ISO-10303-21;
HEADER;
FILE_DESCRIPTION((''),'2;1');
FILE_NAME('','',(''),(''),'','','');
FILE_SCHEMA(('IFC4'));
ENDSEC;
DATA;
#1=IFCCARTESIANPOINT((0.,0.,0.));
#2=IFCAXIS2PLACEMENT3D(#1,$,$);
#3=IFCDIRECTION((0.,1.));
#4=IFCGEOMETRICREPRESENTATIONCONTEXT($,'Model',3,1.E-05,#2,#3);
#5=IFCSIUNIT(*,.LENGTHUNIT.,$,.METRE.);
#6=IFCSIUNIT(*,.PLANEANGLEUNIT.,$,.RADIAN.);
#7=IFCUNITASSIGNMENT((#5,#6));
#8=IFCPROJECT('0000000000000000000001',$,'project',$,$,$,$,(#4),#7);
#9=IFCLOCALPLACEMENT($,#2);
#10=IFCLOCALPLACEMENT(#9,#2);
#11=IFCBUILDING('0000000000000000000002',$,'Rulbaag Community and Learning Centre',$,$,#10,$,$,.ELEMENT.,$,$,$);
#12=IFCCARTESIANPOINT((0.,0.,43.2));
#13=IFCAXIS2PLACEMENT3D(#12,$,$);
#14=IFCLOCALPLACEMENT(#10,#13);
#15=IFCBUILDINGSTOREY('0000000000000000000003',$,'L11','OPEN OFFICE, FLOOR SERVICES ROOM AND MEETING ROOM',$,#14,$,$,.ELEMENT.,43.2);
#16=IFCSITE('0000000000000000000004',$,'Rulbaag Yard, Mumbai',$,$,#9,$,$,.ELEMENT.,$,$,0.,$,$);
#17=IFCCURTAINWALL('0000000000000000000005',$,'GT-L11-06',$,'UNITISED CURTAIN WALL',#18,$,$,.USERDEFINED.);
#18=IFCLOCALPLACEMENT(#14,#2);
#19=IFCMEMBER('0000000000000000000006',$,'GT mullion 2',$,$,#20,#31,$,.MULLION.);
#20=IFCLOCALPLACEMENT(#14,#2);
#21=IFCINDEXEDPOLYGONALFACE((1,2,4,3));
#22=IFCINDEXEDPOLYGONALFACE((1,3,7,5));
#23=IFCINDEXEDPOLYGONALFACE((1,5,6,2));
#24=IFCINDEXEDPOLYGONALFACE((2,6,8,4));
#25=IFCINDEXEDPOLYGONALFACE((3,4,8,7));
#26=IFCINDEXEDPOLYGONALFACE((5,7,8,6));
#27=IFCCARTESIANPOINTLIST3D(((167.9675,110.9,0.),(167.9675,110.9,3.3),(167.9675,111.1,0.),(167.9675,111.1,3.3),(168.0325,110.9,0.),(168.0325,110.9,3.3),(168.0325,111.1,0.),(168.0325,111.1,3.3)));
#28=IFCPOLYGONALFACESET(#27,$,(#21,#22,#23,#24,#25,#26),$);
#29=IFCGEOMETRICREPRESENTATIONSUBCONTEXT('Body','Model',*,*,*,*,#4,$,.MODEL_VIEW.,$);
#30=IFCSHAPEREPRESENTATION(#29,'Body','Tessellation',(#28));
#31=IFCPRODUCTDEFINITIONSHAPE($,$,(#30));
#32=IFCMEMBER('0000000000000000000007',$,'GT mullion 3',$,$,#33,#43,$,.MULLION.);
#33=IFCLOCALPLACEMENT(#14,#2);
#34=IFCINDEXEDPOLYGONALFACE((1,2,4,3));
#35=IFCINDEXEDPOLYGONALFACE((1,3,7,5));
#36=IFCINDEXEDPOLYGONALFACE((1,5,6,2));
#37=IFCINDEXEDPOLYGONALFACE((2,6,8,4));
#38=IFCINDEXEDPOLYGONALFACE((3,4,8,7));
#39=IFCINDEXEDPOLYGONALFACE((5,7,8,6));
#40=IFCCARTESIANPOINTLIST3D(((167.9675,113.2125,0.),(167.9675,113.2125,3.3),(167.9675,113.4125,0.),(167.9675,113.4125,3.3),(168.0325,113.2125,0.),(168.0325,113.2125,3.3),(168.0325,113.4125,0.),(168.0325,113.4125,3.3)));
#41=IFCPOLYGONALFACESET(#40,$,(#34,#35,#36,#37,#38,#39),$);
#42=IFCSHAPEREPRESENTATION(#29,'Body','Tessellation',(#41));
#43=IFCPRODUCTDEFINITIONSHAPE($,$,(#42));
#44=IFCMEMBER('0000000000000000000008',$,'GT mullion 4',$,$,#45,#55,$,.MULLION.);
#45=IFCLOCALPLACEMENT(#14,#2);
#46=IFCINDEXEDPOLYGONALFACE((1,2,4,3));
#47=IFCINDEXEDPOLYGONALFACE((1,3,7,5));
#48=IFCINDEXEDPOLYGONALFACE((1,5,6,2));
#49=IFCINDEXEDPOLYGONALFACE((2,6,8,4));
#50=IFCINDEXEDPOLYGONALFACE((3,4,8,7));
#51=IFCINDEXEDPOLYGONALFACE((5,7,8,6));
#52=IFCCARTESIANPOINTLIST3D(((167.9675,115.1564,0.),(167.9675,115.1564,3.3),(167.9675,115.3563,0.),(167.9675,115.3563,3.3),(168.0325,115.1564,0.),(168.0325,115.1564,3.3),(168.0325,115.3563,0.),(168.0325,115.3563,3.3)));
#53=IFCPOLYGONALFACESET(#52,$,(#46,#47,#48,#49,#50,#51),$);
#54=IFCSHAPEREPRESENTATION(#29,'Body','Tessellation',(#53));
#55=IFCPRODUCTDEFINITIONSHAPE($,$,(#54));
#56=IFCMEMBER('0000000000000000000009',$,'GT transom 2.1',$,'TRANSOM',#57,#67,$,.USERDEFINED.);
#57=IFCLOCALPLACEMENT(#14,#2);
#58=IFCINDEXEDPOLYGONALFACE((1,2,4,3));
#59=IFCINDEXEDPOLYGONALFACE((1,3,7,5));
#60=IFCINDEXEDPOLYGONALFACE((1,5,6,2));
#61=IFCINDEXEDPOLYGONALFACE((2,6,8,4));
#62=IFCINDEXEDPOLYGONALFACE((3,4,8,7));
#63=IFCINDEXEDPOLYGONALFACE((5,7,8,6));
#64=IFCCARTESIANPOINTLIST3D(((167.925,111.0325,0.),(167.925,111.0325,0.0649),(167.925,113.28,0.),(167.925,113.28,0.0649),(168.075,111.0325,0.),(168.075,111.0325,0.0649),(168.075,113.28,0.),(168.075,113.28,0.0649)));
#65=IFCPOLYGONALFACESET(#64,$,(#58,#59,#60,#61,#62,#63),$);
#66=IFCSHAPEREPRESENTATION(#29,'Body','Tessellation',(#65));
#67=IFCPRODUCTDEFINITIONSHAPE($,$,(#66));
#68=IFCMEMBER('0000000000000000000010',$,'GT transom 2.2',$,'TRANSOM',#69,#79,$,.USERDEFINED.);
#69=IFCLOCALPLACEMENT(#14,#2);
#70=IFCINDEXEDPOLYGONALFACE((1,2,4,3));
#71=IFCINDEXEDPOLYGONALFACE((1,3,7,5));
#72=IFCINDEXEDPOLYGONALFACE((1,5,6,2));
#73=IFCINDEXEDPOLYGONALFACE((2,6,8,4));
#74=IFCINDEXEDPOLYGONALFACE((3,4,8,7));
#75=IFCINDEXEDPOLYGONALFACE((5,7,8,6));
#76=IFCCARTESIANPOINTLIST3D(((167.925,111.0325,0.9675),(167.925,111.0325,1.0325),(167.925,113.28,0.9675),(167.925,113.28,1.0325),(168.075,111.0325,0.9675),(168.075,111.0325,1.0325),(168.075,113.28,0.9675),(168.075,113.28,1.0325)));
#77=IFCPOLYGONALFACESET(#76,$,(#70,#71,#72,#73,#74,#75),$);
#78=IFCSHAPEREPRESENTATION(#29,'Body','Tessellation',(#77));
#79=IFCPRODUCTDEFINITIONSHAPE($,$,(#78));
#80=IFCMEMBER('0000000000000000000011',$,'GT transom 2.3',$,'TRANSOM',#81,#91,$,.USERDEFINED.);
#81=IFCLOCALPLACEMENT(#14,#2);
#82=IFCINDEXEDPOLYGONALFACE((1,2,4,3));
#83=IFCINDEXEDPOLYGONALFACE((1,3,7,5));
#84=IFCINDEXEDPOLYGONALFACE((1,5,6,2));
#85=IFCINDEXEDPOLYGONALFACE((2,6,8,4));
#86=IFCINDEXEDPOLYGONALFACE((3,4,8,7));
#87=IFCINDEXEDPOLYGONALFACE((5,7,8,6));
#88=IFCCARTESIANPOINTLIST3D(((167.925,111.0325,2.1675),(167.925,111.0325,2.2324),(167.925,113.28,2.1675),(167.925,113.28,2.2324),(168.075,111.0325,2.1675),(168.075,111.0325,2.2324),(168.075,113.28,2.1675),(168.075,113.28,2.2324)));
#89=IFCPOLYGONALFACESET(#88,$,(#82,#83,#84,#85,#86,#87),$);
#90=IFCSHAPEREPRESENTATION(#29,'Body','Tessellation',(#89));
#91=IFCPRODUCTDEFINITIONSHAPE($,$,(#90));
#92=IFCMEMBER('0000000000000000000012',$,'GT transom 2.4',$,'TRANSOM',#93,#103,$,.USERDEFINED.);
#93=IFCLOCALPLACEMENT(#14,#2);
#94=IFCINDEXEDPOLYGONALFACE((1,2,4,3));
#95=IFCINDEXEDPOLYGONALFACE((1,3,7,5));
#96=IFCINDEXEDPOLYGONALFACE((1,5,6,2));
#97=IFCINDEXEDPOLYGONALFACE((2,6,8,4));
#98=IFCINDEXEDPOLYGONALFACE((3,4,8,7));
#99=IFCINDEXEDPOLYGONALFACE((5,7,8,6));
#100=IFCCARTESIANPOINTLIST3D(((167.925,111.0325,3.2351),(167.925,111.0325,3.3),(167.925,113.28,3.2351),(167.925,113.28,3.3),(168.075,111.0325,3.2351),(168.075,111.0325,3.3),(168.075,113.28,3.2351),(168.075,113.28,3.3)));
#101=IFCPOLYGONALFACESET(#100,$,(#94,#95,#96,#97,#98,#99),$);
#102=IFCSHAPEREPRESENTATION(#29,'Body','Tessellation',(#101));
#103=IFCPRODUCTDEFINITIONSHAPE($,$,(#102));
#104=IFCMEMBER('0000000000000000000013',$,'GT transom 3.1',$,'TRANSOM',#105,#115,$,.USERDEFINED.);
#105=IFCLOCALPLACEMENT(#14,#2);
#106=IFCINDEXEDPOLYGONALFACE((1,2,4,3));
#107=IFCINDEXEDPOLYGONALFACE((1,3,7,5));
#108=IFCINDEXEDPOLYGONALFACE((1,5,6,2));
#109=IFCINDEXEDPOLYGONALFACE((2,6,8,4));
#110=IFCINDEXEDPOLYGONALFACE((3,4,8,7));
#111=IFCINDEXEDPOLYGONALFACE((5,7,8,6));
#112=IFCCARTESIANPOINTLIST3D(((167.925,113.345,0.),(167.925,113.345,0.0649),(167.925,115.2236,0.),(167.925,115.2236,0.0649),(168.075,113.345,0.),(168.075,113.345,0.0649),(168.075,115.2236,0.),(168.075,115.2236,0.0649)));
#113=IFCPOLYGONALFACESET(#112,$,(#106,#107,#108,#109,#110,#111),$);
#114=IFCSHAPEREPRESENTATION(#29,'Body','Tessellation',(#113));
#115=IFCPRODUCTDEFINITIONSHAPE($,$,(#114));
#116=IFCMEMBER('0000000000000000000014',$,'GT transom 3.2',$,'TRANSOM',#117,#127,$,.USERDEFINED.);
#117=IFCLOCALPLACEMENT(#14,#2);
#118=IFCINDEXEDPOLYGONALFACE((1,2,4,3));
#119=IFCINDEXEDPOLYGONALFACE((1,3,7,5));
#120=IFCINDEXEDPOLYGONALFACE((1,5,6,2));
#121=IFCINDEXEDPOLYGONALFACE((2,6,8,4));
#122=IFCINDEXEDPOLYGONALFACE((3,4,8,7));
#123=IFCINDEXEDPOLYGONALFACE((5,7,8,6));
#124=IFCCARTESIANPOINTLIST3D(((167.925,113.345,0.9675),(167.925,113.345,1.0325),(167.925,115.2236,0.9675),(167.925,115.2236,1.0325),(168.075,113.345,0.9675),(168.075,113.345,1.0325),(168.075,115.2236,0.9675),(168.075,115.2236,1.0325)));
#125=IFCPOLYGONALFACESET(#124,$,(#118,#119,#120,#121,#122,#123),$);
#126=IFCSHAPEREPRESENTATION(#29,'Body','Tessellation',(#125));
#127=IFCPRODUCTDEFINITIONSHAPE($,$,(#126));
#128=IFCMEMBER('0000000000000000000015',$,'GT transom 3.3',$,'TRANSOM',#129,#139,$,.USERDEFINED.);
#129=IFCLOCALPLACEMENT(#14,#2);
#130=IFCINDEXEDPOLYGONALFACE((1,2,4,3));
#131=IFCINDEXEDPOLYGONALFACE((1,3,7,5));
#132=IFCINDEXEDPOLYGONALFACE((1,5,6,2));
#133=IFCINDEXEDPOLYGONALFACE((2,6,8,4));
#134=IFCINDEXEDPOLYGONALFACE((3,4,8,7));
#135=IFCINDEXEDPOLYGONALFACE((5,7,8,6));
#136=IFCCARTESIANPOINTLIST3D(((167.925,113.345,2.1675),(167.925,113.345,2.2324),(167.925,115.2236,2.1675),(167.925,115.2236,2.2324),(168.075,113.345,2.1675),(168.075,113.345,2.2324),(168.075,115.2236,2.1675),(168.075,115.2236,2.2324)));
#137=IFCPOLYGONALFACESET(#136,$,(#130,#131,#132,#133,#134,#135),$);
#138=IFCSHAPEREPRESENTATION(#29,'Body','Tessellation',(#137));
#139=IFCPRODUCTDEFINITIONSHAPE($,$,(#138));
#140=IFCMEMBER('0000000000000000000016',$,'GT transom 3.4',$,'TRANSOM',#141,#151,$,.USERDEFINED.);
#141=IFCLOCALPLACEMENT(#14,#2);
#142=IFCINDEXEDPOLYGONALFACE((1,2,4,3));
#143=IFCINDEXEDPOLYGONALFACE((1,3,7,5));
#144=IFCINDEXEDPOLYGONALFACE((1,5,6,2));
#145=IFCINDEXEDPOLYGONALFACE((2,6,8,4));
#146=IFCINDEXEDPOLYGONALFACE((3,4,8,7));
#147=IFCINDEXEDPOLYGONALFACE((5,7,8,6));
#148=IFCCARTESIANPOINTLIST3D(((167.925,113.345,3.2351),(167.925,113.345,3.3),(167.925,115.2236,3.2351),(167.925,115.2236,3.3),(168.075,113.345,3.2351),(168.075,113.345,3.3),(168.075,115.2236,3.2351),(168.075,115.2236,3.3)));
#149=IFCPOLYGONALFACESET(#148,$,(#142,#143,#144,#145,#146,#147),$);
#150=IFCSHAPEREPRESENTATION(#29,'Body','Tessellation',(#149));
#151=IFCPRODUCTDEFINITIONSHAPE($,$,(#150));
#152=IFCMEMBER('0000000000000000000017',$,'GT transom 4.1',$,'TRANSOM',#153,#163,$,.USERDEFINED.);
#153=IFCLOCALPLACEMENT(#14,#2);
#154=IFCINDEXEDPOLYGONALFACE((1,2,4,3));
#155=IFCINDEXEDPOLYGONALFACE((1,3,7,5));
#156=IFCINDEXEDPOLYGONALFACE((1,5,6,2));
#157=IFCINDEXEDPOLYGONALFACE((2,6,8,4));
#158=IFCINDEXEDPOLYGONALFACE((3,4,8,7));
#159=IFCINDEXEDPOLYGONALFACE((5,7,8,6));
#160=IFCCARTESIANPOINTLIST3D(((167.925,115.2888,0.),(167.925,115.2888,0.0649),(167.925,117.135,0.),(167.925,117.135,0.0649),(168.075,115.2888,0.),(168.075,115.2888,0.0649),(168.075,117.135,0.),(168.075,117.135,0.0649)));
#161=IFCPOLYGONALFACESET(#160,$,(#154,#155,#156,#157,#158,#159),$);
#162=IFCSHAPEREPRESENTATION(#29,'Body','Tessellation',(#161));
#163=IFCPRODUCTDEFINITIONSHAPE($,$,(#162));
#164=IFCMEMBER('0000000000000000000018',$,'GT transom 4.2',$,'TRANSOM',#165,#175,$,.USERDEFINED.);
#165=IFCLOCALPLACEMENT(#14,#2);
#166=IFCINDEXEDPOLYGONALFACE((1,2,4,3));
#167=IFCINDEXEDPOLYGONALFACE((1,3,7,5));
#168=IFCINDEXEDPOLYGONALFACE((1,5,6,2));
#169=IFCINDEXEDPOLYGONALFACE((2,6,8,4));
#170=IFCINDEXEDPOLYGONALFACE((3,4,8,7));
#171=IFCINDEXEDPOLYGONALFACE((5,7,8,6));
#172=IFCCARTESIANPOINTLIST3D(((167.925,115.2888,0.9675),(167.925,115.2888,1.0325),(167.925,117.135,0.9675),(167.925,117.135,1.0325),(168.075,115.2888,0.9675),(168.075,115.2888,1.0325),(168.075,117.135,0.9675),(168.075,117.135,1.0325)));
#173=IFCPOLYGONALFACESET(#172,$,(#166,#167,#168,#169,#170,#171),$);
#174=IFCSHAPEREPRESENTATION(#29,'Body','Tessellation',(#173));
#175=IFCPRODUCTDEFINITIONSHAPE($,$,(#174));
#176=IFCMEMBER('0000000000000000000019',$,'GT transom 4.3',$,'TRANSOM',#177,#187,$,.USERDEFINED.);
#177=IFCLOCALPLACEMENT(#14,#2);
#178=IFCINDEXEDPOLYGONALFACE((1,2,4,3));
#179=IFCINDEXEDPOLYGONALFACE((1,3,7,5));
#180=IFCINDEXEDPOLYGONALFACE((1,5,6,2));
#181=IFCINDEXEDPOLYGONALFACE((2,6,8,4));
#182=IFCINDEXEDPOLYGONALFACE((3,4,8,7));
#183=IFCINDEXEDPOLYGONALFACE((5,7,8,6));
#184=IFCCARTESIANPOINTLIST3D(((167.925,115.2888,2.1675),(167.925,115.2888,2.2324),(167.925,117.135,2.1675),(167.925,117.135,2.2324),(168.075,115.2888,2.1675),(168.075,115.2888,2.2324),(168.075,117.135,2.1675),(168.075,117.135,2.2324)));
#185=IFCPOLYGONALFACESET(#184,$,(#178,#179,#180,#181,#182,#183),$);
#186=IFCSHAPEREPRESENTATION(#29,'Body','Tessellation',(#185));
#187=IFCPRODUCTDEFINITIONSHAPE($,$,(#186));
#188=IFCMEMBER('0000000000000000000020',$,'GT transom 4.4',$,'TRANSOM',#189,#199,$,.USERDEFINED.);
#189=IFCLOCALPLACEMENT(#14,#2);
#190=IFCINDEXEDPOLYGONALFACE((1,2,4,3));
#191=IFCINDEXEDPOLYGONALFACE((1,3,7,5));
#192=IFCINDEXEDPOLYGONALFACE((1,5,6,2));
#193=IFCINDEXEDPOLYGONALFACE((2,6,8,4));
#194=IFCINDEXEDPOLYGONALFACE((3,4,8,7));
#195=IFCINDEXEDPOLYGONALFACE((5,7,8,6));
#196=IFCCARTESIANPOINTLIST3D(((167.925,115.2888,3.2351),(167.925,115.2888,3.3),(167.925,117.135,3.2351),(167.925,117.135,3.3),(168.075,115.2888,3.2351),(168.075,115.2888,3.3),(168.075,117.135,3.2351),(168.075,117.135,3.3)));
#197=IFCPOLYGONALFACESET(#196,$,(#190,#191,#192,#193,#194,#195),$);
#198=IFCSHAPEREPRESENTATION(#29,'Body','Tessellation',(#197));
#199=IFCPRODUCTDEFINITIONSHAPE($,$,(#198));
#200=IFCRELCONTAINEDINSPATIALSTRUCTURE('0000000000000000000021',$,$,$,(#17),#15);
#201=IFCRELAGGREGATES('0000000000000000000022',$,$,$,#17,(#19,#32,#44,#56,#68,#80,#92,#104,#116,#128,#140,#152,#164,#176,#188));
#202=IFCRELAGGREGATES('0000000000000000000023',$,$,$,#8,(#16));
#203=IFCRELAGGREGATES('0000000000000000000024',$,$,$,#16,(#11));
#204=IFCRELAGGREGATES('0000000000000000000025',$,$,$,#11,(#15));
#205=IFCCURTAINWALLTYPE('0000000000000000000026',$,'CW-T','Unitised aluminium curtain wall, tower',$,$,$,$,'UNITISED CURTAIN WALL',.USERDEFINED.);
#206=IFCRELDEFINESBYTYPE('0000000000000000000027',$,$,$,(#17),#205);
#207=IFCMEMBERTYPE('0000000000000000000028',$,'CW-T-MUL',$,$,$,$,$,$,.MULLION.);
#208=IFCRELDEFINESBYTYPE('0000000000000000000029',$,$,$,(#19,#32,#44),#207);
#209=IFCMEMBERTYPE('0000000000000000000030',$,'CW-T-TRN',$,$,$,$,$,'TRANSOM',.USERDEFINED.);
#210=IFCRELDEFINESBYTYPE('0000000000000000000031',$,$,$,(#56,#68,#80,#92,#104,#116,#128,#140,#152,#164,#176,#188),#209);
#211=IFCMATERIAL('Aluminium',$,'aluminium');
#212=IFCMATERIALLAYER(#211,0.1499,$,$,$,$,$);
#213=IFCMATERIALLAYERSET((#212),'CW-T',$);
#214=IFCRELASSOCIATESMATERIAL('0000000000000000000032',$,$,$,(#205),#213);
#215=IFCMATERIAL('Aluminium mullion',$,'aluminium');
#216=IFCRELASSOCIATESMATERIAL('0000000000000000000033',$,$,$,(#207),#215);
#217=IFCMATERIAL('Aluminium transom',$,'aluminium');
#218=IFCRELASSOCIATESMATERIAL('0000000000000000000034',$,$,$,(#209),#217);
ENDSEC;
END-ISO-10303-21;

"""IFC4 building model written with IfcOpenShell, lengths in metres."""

from ifc_helpers import new_model, si_unit, direction, frame, origin, origin_2d, place, context, subcontext, project, spatial, rectangle, extrude, material, layer, layer_set, material_profile, profile_set, type_object, element, aggregate, save


model = new_model("IFC4")

# Units and contexts
model_context = context("Model", 3, precision=1e-05, world=origin(), true_north=direction((0.0, 1.0)))
body_context = subcontext(model_context, "Body", "Model", "MODEL_VIEW")
ifc_project = project(units=[si_unit("LENGTHUNIT", "METRE"), si_unit("PLANEANGLEUNIT", "RADIAN")], contexts=[model_context])

# Site, building, storey
site_placement = place(None, origin())
site = spatial("IfcSite", under=ifc_project, at=site_placement, Name="Rulbaag Yard, Mumbai", CompositionType="ELEMENT", RefElevation=0.0)
building_placement = place(site_placement, origin())
building = spatial("IfcBuilding", under=site, at=building_placement, Name="Rulbaag Community and Learning Centre", CompositionType="ELEMENT")
storey_placement = place(building_placement, frame((0.0, 0.0, 43.2)))
storey = spatial("IfcBuildingStorey", under=building, at=storey_placement, Name="L11", Description="OPEN OFFICE, FLOOR SERVICES ROOM AND MEETING ROOM", CompositionType="ELEMENT", Elevation=43.2)

# Curtain wall, members
ifc_material_1 = material(Name="Aluminium", Category="aluminium")
ifc_layer_1 = layer(ifc_material_1, 0.1499)
ifc_layer_set_1 = layer_set([ifc_layer_1], Name="CW-T")
curtain_wall_type = type_object("IfcCurtainWallType", Name="CW-T", Description="Unitised aluminium curtain wall, tower", ElementType="UNITISED CURTAIN WALL", PredefinedType="USERDEFINED", material=ifc_layer_set_1)
curtain_wall_placement = place(storey_placement, origin())
curtain_wall = element("IfcCurtainWall", 1, at=curtain_wall_placement, inside=storey, type_object=curtain_wall_type, Name="GT-L11-06", ObjectType="UNITISED CURTAIN WALL", PredefinedType="USERDEFINED")
ifc_material_2 = material(Name="Aluminium mullion", Category="aluminium")
ifc_material_profile_1 = material_profile(ifc_material_2, rectangle(XDim=0.0649, YDim=0.2, at=origin_2d()), Name="AL 65x200")
ifc_profile_set_1 = profile_set([ifc_material_profile_1], Name="Aluminium mullion")
member_type_1 = type_object("IfcMemberType", Name="CW-T-MUL", PredefinedType="MULLION", material=ifc_profile_set_1)
member_1_placement = place(storey_placement, frame((168.0, 111.0, 0.0), z_axis=(0.0, 0.0, 1.0), x_axis=(-1.0, 0.0, 0.0)))
member_1 = element("IfcMember", 2, at=member_1_placement, type_object=member_type_1, Name="GT mullion 2", PredefinedType="MULLION", context=body_context, shape_type="SweptSolid", body=[
    extrude(rectangle(XDim=0.0649, YDim=0.2, at=origin_2d()), origin(), (0.0, 0.0, 1.0), 3.3),
])
member_2_placement = place(storey_placement, frame((168.0, 113.3125, 0.0), z_axis=(0.0, 0.0, 1.0), x_axis=(-1.0, 0.0, 0.0)))
member_2 = element("IfcMember", 3, at=member_2_placement, type_object=member_type_1, Name="GT mullion 3", PredefinedType="MULLION", context=body_context, shape_type="SweptSolid", body=[
    extrude(rectangle(XDim=0.0649, YDim=0.2, at=origin_2d()), origin(), (0.0, 0.0, 1.0), 3.3),
])
member_3_placement = place(storey_placement, frame((168.0, 115.2563, 0.0), z_axis=(0.0, 0.0, 1.0), x_axis=(-1.0, 0.0, 0.0)))
member_3 = element("IfcMember", 4, at=member_3_placement, type_object=member_type_1, Name="GT mullion 4", PredefinedType="MULLION", context=body_context, shape_type="SweptSolid", body=[
    extrude(rectangle(XDim=0.0649, YDim=0.2, at=origin_2d()), origin(), (0.0, 0.0, 1.0), 3.3),
])
ifc_material_3 = material(Name="Aluminium transom", Category="aluminium")
ifc_material_profile_2 = material_profile(ifc_material_3, rectangle(XDim=0.1499, YDim=0.0649, at=origin_2d()), Name="AL 65x150 T")
ifc_profile_set_2 = profile_set([ifc_material_profile_2], Name="Aluminium transom")
member_type_2 = type_object("IfcMemberType", Name="CW-T-TRN", ElementType="TRANSOM", PredefinedType="USERDEFINED", material=ifc_profile_set_2)
member_4_placement = place(storey_placement, frame((168.0, 111.0325, 0.0325), z_axis=(0.0, 1.0, 0.0), x_axis=(-1.0, 0.0, 0.0)))
member_4 = element("IfcMember", 5, at=member_4_placement, type_object=member_type_2, Name="GT transom 2.1", ObjectType="TRANSOM", PredefinedType="USERDEFINED", context=body_context, shape_type="SweptSolid", body=[
    extrude(rectangle(XDim=0.1499, YDim=0.0649, at=origin_2d()), origin(), (0.0, 0.0, 1.0), 2.2476),
])
member_5_placement = place(storey_placement, frame((168.0, 111.0325, 1.0), z_axis=(0.0, 1.0, 0.0), x_axis=(-1.0, 0.0, 0.0)))
member_5 = element("IfcMember", 6, at=member_5_placement, type_object=member_type_2, Name="GT transom 2.2", ObjectType="TRANSOM", PredefinedType="USERDEFINED", context=body_context, shape_type="SweptSolid", body=[
    extrude(rectangle(XDim=0.1499, YDim=0.0649, at=origin_2d()), origin(), (0.0, 0.0, 1.0), 2.2476),
])
member_6_placement = place(storey_placement, frame((168.0, 111.0325, 2.2), z_axis=(0.0, 1.0, 0.0), x_axis=(-1.0, 0.0, 0.0)))
member_6 = element("IfcMember", 7, at=member_6_placement, type_object=member_type_2, Name="GT transom 2.3", ObjectType="TRANSOM", PredefinedType="USERDEFINED", context=body_context, shape_type="SweptSolid", body=[
    extrude(rectangle(XDim=0.1499, YDim=0.0649, at=origin_2d()), origin(), (0.0, 0.0, 1.0), 2.2476),
])
member_7_placement = place(storey_placement, frame((168.0, 111.0325, 3.2676), z_axis=(0.0, 1.0, 0.0), x_axis=(-1.0, 0.0, 0.0)))
member_7 = element("IfcMember", 8, at=member_7_placement, type_object=member_type_2, Name="GT transom 2.4", ObjectType="TRANSOM", PredefinedType="USERDEFINED", context=body_context, shape_type="SweptSolid", body=[
    extrude(rectangle(XDim=0.1499, YDim=0.0649, at=origin_2d()), origin(), (0.0, 0.0, 1.0), 2.2476),
])
member_8_placement = place(storey_placement, frame((168.0, 113.345, 0.0325), z_axis=(0.0, 1.0, 0.0), x_axis=(-1.0, 0.0, 0.0)))
member_8 = element("IfcMember", 9, at=member_8_placement, type_object=member_type_2, Name="GT transom 3.1", ObjectType="TRANSOM", PredefinedType="USERDEFINED", context=body_context, shape_type="SweptSolid", body=[
    extrude(rectangle(XDim=0.1499, YDim=0.0649, at=origin_2d()), origin(), (0.0, 0.0, 1.0), 1.8787),
])
member_9_placement = place(storey_placement, frame((168.0, 113.345, 1.0), z_axis=(0.0, 1.0, 0.0), x_axis=(-1.0, 0.0, 0.0)))
member_9 = element("IfcMember", 10, at=member_9_placement, type_object=member_type_2, Name="GT transom 3.2", ObjectType="TRANSOM", PredefinedType="USERDEFINED", context=body_context, shape_type="SweptSolid", body=[
    extrude(rectangle(XDim=0.1499, YDim=0.0649, at=origin_2d()), origin(), (0.0, 0.0, 1.0), 1.8787),
])
member_10_placement = place(storey_placement, frame((168.0, 113.345, 2.2), z_axis=(0.0, 1.0, 0.0), x_axis=(-1.0, 0.0, 0.0)))
member_10 = element("IfcMember", 11, at=member_10_placement, type_object=member_type_2, Name="GT transom 3.3", ObjectType="TRANSOM", PredefinedType="USERDEFINED", context=body_context, shape_type="SweptSolid", body=[
    extrude(rectangle(XDim=0.1499, YDim=0.0649, at=origin_2d()), origin(), (0.0, 0.0, 1.0), 1.8787),
])
member_11_placement = place(storey_placement, frame((168.0, 113.345, 3.2676), z_axis=(0.0, 1.0, 0.0), x_axis=(-1.0, 0.0, 0.0)))
member_11 = element("IfcMember", 12, at=member_11_placement, type_object=member_type_2, Name="GT transom 3.4", ObjectType="TRANSOM", PredefinedType="USERDEFINED", context=body_context, shape_type="SweptSolid", body=[
    extrude(rectangle(XDim=0.1499, YDim=0.0649, at=origin_2d()), origin(), (0.0, 0.0, 1.0), 1.8787),
])
member_12_placement = place(storey_placement, frame((168.0, 115.2888, 0.0325), z_axis=(0.0, 1.0, 0.0), x_axis=(-1.0, 0.0, 0.0)))
member_12 = element("IfcMember", 13, at=member_12_placement, type_object=member_type_2, Name="GT transom 4.1", ObjectType="TRANSOM", PredefinedType="USERDEFINED", context=body_context, shape_type="SweptSolid", body=[
    extrude(rectangle(XDim=0.1499, YDim=0.0649, at=origin_2d()), origin(), (0.0, 0.0, 1.0), 1.8462),
])
member_13_placement = place(storey_placement, frame((168.0, 115.2888, 1.0), z_axis=(0.0, 1.0, 0.0), x_axis=(-1.0, 0.0, 0.0)))
member_13 = element("IfcMember", 14, at=member_13_placement, type_object=member_type_2, Name="GT transom 4.2", ObjectType="TRANSOM", PredefinedType="USERDEFINED", context=body_context, shape_type="SweptSolid", body=[
    extrude(rectangle(XDim=0.1499, YDim=0.0649, at=origin_2d()), origin(), (0.0, 0.0, 1.0), 1.8462),
])
member_14_placement = place(storey_placement, frame((168.0, 115.2888, 2.2), z_axis=(0.0, 1.0, 0.0), x_axis=(-1.0, 0.0, 0.0)))
member_14 = element("IfcMember", 15, at=member_14_placement, type_object=member_type_2, Name="GT transom 4.3", ObjectType="TRANSOM", PredefinedType="USERDEFINED", context=body_context, shape_type="SweptSolid", body=[
    extrude(rectangle(XDim=0.1499, YDim=0.0649, at=origin_2d()), origin(), (0.0, 0.0, 1.0), 1.8462),
])
member_15_placement = place(storey_placement, frame((168.0, 115.2888, 3.2676), z_axis=(0.0, 1.0, 0.0), x_axis=(-1.0, 0.0, 0.0)))
member_15 = element("IfcMember", 16, at=member_15_placement, type_object=member_type_2, Name="GT transom 4.4", ObjectType="TRANSOM", PredefinedType="USERDEFINED", context=body_context, shape_type="SweptSolid", body=[
    extrude(rectangle(XDim=0.1499, YDim=0.0649, at=origin_2d()), origin(), (0.0, 0.0, 1.0), 1.8462),
])
aggregate(curtain_wall, [member_1, member_2, member_3, member_4, member_5, member_6, member_7, member_8, member_9, member_10, member_11, member_12, member_13, member_14, member_15])

save(model, "model.ifc")
